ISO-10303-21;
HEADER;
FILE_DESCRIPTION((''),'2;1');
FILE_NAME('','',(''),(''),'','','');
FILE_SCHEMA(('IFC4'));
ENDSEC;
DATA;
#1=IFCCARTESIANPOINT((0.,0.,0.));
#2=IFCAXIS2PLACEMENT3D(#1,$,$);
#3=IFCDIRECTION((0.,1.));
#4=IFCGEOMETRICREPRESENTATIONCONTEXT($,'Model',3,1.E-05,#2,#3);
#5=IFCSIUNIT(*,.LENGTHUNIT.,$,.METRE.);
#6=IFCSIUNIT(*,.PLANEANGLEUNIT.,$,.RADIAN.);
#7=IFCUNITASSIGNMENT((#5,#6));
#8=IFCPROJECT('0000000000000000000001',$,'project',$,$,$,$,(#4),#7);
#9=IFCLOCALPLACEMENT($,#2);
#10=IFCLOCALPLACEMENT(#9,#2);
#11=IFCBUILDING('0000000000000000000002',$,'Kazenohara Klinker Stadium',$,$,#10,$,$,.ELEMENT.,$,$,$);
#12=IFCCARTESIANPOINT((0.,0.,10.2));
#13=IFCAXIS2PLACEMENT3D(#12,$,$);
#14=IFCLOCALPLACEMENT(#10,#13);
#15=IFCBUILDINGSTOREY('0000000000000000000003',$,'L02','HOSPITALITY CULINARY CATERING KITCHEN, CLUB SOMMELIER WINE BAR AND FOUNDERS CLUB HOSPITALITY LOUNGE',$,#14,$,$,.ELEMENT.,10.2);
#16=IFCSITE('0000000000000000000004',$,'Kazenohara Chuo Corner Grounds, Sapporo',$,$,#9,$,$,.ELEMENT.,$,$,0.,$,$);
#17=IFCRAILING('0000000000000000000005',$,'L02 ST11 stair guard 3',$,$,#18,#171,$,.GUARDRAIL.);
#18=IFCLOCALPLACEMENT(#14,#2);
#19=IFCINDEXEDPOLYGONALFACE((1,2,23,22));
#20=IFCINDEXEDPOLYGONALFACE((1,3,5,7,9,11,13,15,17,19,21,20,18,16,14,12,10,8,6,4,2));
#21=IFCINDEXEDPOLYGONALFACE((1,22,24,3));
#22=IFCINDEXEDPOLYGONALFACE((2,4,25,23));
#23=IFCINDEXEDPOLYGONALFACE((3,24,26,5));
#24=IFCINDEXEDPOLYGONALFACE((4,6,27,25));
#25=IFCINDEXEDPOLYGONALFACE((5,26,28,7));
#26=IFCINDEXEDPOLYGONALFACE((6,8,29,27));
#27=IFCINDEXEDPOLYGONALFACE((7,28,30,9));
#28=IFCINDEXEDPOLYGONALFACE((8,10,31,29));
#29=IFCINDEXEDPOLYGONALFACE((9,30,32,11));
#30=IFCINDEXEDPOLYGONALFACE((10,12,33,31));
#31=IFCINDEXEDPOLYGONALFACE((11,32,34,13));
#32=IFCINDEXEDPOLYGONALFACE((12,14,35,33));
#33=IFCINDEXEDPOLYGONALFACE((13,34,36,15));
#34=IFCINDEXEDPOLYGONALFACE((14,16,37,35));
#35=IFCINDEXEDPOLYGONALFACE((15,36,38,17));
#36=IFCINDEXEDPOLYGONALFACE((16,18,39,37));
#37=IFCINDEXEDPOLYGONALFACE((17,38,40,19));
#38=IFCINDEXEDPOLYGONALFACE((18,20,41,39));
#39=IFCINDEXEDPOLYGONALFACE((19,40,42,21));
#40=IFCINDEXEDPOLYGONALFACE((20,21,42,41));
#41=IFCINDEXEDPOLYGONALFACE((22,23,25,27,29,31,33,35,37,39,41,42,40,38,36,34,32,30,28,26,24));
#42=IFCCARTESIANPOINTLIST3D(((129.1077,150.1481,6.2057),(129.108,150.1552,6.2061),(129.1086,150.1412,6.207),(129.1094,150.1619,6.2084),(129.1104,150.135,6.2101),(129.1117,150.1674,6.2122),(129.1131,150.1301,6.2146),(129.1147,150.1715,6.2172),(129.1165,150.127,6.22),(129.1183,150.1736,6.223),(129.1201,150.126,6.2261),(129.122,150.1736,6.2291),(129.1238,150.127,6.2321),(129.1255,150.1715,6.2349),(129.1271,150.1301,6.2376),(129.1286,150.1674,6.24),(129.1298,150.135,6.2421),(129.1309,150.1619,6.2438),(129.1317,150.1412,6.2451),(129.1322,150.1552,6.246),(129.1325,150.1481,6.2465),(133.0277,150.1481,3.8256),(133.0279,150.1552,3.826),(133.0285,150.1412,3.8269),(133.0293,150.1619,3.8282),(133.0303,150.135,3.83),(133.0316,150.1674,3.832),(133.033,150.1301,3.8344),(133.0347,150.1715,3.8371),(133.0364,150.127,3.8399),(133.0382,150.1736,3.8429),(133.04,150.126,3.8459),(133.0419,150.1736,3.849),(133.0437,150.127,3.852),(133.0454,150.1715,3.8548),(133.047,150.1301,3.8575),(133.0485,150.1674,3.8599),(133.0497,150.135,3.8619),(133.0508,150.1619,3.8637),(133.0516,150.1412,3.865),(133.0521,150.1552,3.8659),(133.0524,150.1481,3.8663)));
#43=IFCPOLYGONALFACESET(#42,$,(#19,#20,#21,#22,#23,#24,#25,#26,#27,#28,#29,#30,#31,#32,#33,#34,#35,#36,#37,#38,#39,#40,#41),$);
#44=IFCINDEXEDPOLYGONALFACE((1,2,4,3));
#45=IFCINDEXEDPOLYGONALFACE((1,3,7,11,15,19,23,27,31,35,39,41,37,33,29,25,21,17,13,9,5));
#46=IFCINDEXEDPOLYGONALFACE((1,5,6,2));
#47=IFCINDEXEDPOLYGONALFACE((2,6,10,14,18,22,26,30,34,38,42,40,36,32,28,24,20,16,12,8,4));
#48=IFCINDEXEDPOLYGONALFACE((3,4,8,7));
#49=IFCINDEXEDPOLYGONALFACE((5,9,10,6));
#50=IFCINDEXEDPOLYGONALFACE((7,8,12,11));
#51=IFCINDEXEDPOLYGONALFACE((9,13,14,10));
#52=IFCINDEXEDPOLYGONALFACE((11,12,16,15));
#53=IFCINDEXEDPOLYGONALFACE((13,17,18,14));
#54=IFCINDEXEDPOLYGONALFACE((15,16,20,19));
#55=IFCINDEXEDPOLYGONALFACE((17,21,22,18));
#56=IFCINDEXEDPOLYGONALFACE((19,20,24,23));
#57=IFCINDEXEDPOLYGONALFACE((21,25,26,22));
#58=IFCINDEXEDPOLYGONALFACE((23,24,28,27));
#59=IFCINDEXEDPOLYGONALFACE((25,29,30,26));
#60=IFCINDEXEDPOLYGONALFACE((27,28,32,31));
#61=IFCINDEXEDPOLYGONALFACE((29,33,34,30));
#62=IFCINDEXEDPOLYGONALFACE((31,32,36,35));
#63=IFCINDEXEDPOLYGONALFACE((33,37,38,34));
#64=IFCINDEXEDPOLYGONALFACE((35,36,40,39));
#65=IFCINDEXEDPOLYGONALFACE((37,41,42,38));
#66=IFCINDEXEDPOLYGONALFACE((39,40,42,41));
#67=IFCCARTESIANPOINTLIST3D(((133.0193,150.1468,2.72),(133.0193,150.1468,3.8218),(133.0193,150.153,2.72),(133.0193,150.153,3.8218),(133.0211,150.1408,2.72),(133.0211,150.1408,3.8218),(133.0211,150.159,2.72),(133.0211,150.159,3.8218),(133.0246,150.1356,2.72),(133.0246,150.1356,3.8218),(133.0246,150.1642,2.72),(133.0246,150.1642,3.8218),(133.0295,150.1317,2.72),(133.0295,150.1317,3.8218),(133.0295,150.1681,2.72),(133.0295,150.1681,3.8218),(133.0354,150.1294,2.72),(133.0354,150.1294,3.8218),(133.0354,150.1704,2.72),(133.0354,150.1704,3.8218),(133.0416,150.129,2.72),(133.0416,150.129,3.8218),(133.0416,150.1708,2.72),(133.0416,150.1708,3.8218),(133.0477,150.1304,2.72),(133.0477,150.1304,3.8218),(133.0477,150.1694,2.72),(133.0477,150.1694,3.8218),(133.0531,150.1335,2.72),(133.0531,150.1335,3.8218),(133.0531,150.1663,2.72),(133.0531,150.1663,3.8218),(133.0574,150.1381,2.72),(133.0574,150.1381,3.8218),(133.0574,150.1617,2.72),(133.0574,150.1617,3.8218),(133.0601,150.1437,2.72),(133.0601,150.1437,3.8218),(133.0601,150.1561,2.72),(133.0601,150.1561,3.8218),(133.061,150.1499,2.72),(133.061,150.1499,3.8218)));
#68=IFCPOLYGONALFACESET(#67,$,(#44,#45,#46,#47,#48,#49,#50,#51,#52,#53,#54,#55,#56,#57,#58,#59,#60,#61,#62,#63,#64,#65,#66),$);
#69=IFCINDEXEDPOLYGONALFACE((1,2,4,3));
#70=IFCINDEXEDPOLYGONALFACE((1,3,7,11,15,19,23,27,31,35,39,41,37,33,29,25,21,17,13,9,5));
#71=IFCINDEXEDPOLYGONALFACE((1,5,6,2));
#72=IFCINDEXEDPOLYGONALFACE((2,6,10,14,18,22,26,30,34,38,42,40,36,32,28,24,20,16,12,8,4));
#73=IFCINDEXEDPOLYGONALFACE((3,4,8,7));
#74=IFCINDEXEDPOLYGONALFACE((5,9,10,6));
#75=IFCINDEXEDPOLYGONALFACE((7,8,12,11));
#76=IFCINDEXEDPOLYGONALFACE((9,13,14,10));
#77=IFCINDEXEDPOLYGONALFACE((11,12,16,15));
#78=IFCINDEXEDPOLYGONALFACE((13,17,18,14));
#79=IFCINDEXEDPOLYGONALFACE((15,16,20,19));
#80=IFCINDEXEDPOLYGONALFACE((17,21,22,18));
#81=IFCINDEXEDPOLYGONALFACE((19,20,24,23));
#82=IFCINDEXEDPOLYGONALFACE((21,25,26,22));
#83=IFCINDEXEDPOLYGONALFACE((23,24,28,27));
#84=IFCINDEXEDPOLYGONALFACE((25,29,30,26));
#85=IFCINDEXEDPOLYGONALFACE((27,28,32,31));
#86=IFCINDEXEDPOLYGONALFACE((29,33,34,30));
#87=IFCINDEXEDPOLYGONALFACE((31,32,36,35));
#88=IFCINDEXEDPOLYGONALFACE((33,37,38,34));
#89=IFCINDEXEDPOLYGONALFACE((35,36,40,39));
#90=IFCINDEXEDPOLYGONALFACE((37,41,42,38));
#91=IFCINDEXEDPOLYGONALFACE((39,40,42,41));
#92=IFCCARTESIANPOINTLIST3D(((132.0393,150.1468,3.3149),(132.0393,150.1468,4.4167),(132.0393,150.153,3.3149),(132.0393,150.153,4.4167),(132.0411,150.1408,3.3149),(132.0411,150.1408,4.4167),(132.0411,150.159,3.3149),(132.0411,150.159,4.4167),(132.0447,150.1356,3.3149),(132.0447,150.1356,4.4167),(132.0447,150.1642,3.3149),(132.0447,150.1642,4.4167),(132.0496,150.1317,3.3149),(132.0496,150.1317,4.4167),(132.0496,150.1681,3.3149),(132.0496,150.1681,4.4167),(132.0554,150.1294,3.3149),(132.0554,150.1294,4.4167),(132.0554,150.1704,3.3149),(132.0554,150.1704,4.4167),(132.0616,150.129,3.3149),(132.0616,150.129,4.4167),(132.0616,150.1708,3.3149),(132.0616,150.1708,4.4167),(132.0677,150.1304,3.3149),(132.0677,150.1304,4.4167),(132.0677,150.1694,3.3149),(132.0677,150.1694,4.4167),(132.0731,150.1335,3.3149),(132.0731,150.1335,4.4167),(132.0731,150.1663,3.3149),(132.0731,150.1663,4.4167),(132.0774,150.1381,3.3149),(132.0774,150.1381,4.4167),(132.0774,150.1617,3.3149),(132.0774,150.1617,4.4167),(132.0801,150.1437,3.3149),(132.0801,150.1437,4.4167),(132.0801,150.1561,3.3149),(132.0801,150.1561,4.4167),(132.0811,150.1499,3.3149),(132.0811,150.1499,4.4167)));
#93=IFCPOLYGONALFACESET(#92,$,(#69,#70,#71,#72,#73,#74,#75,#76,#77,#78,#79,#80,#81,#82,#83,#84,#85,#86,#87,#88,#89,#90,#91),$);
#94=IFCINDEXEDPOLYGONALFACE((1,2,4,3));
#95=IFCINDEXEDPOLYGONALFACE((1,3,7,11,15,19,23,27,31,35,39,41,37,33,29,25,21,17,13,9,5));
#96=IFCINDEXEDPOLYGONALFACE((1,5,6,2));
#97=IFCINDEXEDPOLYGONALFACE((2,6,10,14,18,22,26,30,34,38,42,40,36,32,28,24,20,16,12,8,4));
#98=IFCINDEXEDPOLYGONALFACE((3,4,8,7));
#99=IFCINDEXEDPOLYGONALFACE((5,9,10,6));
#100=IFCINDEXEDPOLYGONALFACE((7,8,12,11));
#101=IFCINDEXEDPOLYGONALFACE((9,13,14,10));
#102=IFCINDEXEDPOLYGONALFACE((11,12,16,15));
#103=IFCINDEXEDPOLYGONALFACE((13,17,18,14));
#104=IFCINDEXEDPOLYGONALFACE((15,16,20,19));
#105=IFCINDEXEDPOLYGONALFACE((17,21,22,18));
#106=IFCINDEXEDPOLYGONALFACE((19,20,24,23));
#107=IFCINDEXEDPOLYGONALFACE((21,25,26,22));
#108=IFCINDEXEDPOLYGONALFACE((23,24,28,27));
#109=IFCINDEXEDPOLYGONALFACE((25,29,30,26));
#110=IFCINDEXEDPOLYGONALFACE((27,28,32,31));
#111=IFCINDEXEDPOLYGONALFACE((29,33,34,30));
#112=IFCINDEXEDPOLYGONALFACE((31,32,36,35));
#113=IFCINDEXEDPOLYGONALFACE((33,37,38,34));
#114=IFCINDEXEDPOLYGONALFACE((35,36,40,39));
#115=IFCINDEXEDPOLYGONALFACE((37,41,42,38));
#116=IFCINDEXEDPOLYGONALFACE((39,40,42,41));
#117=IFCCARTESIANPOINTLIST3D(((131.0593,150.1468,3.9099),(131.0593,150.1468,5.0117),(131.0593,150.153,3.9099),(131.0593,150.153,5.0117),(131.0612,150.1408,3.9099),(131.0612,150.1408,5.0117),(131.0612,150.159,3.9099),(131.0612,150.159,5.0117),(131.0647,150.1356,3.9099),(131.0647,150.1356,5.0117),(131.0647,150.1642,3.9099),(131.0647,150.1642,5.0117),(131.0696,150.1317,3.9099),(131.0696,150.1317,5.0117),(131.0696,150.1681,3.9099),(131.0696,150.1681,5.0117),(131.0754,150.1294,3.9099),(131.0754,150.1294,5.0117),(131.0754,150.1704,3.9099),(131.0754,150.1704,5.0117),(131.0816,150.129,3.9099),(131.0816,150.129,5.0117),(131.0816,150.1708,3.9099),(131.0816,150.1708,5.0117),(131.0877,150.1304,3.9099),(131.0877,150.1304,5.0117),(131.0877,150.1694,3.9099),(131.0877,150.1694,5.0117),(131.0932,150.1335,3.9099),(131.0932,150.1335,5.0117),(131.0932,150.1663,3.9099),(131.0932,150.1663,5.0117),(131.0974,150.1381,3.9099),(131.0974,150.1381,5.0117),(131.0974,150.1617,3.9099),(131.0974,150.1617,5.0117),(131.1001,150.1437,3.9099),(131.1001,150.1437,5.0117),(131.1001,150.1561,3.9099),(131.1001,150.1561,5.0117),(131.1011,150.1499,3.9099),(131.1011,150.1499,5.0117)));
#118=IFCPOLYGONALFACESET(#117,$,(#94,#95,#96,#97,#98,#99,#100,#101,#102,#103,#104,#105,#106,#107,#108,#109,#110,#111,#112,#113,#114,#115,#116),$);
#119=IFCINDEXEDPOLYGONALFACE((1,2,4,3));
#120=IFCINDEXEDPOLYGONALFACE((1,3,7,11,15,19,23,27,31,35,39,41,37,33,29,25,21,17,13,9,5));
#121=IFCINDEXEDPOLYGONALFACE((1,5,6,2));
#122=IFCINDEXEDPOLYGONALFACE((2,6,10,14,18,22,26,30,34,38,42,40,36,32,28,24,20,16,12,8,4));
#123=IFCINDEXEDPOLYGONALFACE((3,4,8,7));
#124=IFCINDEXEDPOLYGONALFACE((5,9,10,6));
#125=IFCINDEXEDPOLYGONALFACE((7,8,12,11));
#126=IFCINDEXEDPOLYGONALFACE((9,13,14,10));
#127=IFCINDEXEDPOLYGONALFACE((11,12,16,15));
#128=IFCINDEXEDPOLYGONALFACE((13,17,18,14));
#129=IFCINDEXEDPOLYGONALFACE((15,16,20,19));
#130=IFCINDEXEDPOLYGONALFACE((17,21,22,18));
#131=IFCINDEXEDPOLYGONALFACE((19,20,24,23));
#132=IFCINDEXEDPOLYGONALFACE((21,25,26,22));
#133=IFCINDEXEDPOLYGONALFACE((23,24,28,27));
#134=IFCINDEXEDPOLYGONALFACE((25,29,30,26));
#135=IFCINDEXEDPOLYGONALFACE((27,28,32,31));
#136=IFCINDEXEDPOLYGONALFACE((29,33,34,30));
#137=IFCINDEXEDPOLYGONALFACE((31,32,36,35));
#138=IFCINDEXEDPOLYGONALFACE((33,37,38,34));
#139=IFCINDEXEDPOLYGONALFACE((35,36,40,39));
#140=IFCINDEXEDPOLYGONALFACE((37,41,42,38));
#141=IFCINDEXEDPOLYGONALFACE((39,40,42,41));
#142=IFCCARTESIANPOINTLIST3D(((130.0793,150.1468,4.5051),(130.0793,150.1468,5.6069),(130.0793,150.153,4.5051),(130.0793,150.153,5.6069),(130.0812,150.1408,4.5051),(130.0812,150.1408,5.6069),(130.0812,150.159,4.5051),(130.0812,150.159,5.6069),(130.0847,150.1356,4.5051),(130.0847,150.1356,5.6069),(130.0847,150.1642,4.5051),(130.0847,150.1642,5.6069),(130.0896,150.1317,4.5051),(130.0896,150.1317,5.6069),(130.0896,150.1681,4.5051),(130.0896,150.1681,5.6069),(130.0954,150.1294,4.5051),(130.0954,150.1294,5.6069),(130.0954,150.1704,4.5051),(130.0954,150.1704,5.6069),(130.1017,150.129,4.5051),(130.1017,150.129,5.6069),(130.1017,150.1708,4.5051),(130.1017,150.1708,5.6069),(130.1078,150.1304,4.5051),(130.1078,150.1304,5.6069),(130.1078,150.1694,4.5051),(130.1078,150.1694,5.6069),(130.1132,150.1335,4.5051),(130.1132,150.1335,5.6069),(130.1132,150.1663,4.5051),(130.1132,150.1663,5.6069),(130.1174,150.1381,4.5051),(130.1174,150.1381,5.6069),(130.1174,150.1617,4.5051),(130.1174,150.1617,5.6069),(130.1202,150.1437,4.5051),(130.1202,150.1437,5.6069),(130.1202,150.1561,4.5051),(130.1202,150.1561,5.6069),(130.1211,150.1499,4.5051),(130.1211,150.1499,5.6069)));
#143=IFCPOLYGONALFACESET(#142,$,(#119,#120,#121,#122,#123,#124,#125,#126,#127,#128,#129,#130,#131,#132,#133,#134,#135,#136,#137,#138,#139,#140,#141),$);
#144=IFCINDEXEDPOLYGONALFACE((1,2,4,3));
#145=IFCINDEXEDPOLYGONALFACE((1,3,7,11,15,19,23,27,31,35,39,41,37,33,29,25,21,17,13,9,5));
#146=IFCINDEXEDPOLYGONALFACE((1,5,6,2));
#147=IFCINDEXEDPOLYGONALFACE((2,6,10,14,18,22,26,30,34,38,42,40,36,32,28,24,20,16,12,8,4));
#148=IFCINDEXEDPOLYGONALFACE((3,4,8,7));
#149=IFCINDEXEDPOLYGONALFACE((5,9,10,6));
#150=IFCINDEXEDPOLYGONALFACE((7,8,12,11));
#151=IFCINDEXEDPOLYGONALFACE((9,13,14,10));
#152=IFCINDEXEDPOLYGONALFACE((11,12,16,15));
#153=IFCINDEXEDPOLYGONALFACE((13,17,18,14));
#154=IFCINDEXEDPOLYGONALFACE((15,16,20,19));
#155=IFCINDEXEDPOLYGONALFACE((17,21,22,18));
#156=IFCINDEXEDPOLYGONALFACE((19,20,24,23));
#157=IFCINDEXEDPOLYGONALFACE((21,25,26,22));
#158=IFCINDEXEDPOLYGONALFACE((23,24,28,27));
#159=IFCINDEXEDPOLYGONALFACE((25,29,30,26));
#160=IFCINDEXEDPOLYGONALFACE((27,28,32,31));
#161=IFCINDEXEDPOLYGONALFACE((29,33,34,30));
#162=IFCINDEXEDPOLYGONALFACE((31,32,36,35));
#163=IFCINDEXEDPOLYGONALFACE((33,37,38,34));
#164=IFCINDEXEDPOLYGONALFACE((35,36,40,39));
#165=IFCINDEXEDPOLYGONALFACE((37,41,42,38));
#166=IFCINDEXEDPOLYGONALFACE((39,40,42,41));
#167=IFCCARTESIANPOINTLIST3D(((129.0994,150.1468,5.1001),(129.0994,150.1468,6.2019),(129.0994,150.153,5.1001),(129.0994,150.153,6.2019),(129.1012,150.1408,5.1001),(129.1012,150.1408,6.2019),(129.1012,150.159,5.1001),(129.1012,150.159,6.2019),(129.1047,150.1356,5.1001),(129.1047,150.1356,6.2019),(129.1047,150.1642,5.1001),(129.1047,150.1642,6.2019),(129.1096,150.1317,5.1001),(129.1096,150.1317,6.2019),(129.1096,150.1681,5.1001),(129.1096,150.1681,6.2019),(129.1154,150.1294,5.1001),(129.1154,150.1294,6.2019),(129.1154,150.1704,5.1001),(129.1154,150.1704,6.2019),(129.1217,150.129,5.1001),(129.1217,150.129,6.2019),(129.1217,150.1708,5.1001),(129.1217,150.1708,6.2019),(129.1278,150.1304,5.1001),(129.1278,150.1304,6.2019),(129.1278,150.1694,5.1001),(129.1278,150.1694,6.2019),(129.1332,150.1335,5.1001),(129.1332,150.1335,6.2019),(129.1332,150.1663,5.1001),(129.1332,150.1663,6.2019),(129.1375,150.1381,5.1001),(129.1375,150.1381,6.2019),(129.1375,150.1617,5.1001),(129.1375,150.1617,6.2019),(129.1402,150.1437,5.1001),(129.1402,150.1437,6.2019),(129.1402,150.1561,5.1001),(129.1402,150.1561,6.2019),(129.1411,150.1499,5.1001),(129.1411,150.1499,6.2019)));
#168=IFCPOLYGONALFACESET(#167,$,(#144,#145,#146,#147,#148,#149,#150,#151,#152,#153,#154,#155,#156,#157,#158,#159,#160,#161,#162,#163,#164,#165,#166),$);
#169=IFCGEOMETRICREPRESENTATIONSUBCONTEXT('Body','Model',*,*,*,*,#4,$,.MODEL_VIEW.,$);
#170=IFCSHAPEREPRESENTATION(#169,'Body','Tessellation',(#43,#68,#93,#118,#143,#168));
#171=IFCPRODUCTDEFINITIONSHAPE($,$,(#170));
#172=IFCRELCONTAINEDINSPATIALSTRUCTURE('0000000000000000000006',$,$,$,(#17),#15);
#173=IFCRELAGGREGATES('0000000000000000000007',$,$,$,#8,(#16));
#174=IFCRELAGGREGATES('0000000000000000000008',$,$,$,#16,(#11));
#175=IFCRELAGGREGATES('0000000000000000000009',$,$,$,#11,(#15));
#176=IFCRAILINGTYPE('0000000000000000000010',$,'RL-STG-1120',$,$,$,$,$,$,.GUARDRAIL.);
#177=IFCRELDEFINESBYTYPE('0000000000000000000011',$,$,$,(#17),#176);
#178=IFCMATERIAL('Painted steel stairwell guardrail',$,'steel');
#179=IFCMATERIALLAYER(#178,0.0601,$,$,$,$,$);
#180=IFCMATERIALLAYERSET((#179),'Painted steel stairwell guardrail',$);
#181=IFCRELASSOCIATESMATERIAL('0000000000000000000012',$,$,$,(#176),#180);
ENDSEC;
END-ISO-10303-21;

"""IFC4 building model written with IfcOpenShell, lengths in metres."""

from ifc_helpers import new_model, si_unit, direction, frame, origin, origin_2d, place, context, subcontext, project, spatial, circle, extrude, material, layer, layer_set, type_object, element, save


model = new_model("IFC4")

# Units and contexts
model_context = context("Model", 3, precision=1e-05, world=origin(), true_north=direction((0.0, 1.0)))
body_context = subcontext(model_context, "Body", "Model", "MODEL_VIEW")
ifc_project = project(units=[si_unit("LENGTHUNIT", "METRE"), si_unit("PLANEANGLEUNIT", "RADIAN")], contexts=[model_context])

# Site, building, storey
site_placement = place(None, origin())
site = spatial("IfcSite", under=ifc_project, at=site_placement, Name="Kazenohara Chuo Corner Grounds, Sapporo", CompositionType="ELEMENT", RefElevation=0.0)
building_placement = place(site_placement, origin())
building = spatial("IfcBuilding", under=site, at=building_placement, Name="Kazenohara Klinker Stadium", CompositionType="ELEMENT")
storey_placement = place(building_placement, frame((0.0, 0.0, 10.2)))
storey = spatial("IfcBuildingStorey", under=building, at=storey_placement, Name="L02", Description="HOSPITALITY CULINARY CATERING KITCHEN, CLUB SOMMELIER WINE BAR AND FOUNDERS CLUB HOSPITALITY LOUNGE", CompositionType="ELEMENT", Elevation=10.2)

# Railing
ifc_material_1 = material(Name="Painted steel stairwell guardrail", Category="steel")
ifc_layer_1 = layer(ifc_material_1, 0.0601)
ifc_layer_set_1 = layer_set([ifc_layer_1], Name="Painted steel stairwell guardrail")
railing_type_1 = type_object("IfcRailingType", Name="RL-STG-1120", PredefinedType="GUARDRAIL", material=ifc_layer_set_1)
railing_1_placement = place(storey_placement, frame((133.04, 150.1499, 2.72)))
element("IfcRailing", 1, at=railing_1_placement, inside=storey, type_object=railing_type_1, Name="L02 ST11 stair guard 3", PredefinedType="GUARDRAIL", context=body_context, shape_type="SweptSolid", body=[
    extrude(circle(Radius=0.0239, at=origin_2d()), frame((0.0, 0.0, 1.126), z_axis=(-0.854771, 0.0, 0.519006), x_axis=(0.0, -1.0, 0.0)), (0.0, 0.0, 1.0), 4.5859),
    extrude(circle(Radius=0.021, at=origin_2d()), origin(), (0.0, 0.0, 1.0), 1.1018),
    extrude(circle(Radius=0.021, at=origin_2d()), frame((-0.98, 0.0, 0.595)), (0.0, 0.0, 1.0), 1.1018),
    extrude(circle(Radius=0.021, at=origin_2d()), frame((-1.96, 0.0, 1.1899)), (0.0, 0.0, 1.0), 1.1018),
    extrude(circle(Radius=0.021, at=origin_2d()), frame((-2.9399, 0.0, 1.7852)), (0.0, 0.0, 1.0), 1.1018),
    extrude(circle(Radius=0.021, at=origin_2d()), frame((-3.9199, 0.0, 2.3801)), (0.0, 0.0, 1.0), 1.1018),
])

save(model, "model.ifc")
